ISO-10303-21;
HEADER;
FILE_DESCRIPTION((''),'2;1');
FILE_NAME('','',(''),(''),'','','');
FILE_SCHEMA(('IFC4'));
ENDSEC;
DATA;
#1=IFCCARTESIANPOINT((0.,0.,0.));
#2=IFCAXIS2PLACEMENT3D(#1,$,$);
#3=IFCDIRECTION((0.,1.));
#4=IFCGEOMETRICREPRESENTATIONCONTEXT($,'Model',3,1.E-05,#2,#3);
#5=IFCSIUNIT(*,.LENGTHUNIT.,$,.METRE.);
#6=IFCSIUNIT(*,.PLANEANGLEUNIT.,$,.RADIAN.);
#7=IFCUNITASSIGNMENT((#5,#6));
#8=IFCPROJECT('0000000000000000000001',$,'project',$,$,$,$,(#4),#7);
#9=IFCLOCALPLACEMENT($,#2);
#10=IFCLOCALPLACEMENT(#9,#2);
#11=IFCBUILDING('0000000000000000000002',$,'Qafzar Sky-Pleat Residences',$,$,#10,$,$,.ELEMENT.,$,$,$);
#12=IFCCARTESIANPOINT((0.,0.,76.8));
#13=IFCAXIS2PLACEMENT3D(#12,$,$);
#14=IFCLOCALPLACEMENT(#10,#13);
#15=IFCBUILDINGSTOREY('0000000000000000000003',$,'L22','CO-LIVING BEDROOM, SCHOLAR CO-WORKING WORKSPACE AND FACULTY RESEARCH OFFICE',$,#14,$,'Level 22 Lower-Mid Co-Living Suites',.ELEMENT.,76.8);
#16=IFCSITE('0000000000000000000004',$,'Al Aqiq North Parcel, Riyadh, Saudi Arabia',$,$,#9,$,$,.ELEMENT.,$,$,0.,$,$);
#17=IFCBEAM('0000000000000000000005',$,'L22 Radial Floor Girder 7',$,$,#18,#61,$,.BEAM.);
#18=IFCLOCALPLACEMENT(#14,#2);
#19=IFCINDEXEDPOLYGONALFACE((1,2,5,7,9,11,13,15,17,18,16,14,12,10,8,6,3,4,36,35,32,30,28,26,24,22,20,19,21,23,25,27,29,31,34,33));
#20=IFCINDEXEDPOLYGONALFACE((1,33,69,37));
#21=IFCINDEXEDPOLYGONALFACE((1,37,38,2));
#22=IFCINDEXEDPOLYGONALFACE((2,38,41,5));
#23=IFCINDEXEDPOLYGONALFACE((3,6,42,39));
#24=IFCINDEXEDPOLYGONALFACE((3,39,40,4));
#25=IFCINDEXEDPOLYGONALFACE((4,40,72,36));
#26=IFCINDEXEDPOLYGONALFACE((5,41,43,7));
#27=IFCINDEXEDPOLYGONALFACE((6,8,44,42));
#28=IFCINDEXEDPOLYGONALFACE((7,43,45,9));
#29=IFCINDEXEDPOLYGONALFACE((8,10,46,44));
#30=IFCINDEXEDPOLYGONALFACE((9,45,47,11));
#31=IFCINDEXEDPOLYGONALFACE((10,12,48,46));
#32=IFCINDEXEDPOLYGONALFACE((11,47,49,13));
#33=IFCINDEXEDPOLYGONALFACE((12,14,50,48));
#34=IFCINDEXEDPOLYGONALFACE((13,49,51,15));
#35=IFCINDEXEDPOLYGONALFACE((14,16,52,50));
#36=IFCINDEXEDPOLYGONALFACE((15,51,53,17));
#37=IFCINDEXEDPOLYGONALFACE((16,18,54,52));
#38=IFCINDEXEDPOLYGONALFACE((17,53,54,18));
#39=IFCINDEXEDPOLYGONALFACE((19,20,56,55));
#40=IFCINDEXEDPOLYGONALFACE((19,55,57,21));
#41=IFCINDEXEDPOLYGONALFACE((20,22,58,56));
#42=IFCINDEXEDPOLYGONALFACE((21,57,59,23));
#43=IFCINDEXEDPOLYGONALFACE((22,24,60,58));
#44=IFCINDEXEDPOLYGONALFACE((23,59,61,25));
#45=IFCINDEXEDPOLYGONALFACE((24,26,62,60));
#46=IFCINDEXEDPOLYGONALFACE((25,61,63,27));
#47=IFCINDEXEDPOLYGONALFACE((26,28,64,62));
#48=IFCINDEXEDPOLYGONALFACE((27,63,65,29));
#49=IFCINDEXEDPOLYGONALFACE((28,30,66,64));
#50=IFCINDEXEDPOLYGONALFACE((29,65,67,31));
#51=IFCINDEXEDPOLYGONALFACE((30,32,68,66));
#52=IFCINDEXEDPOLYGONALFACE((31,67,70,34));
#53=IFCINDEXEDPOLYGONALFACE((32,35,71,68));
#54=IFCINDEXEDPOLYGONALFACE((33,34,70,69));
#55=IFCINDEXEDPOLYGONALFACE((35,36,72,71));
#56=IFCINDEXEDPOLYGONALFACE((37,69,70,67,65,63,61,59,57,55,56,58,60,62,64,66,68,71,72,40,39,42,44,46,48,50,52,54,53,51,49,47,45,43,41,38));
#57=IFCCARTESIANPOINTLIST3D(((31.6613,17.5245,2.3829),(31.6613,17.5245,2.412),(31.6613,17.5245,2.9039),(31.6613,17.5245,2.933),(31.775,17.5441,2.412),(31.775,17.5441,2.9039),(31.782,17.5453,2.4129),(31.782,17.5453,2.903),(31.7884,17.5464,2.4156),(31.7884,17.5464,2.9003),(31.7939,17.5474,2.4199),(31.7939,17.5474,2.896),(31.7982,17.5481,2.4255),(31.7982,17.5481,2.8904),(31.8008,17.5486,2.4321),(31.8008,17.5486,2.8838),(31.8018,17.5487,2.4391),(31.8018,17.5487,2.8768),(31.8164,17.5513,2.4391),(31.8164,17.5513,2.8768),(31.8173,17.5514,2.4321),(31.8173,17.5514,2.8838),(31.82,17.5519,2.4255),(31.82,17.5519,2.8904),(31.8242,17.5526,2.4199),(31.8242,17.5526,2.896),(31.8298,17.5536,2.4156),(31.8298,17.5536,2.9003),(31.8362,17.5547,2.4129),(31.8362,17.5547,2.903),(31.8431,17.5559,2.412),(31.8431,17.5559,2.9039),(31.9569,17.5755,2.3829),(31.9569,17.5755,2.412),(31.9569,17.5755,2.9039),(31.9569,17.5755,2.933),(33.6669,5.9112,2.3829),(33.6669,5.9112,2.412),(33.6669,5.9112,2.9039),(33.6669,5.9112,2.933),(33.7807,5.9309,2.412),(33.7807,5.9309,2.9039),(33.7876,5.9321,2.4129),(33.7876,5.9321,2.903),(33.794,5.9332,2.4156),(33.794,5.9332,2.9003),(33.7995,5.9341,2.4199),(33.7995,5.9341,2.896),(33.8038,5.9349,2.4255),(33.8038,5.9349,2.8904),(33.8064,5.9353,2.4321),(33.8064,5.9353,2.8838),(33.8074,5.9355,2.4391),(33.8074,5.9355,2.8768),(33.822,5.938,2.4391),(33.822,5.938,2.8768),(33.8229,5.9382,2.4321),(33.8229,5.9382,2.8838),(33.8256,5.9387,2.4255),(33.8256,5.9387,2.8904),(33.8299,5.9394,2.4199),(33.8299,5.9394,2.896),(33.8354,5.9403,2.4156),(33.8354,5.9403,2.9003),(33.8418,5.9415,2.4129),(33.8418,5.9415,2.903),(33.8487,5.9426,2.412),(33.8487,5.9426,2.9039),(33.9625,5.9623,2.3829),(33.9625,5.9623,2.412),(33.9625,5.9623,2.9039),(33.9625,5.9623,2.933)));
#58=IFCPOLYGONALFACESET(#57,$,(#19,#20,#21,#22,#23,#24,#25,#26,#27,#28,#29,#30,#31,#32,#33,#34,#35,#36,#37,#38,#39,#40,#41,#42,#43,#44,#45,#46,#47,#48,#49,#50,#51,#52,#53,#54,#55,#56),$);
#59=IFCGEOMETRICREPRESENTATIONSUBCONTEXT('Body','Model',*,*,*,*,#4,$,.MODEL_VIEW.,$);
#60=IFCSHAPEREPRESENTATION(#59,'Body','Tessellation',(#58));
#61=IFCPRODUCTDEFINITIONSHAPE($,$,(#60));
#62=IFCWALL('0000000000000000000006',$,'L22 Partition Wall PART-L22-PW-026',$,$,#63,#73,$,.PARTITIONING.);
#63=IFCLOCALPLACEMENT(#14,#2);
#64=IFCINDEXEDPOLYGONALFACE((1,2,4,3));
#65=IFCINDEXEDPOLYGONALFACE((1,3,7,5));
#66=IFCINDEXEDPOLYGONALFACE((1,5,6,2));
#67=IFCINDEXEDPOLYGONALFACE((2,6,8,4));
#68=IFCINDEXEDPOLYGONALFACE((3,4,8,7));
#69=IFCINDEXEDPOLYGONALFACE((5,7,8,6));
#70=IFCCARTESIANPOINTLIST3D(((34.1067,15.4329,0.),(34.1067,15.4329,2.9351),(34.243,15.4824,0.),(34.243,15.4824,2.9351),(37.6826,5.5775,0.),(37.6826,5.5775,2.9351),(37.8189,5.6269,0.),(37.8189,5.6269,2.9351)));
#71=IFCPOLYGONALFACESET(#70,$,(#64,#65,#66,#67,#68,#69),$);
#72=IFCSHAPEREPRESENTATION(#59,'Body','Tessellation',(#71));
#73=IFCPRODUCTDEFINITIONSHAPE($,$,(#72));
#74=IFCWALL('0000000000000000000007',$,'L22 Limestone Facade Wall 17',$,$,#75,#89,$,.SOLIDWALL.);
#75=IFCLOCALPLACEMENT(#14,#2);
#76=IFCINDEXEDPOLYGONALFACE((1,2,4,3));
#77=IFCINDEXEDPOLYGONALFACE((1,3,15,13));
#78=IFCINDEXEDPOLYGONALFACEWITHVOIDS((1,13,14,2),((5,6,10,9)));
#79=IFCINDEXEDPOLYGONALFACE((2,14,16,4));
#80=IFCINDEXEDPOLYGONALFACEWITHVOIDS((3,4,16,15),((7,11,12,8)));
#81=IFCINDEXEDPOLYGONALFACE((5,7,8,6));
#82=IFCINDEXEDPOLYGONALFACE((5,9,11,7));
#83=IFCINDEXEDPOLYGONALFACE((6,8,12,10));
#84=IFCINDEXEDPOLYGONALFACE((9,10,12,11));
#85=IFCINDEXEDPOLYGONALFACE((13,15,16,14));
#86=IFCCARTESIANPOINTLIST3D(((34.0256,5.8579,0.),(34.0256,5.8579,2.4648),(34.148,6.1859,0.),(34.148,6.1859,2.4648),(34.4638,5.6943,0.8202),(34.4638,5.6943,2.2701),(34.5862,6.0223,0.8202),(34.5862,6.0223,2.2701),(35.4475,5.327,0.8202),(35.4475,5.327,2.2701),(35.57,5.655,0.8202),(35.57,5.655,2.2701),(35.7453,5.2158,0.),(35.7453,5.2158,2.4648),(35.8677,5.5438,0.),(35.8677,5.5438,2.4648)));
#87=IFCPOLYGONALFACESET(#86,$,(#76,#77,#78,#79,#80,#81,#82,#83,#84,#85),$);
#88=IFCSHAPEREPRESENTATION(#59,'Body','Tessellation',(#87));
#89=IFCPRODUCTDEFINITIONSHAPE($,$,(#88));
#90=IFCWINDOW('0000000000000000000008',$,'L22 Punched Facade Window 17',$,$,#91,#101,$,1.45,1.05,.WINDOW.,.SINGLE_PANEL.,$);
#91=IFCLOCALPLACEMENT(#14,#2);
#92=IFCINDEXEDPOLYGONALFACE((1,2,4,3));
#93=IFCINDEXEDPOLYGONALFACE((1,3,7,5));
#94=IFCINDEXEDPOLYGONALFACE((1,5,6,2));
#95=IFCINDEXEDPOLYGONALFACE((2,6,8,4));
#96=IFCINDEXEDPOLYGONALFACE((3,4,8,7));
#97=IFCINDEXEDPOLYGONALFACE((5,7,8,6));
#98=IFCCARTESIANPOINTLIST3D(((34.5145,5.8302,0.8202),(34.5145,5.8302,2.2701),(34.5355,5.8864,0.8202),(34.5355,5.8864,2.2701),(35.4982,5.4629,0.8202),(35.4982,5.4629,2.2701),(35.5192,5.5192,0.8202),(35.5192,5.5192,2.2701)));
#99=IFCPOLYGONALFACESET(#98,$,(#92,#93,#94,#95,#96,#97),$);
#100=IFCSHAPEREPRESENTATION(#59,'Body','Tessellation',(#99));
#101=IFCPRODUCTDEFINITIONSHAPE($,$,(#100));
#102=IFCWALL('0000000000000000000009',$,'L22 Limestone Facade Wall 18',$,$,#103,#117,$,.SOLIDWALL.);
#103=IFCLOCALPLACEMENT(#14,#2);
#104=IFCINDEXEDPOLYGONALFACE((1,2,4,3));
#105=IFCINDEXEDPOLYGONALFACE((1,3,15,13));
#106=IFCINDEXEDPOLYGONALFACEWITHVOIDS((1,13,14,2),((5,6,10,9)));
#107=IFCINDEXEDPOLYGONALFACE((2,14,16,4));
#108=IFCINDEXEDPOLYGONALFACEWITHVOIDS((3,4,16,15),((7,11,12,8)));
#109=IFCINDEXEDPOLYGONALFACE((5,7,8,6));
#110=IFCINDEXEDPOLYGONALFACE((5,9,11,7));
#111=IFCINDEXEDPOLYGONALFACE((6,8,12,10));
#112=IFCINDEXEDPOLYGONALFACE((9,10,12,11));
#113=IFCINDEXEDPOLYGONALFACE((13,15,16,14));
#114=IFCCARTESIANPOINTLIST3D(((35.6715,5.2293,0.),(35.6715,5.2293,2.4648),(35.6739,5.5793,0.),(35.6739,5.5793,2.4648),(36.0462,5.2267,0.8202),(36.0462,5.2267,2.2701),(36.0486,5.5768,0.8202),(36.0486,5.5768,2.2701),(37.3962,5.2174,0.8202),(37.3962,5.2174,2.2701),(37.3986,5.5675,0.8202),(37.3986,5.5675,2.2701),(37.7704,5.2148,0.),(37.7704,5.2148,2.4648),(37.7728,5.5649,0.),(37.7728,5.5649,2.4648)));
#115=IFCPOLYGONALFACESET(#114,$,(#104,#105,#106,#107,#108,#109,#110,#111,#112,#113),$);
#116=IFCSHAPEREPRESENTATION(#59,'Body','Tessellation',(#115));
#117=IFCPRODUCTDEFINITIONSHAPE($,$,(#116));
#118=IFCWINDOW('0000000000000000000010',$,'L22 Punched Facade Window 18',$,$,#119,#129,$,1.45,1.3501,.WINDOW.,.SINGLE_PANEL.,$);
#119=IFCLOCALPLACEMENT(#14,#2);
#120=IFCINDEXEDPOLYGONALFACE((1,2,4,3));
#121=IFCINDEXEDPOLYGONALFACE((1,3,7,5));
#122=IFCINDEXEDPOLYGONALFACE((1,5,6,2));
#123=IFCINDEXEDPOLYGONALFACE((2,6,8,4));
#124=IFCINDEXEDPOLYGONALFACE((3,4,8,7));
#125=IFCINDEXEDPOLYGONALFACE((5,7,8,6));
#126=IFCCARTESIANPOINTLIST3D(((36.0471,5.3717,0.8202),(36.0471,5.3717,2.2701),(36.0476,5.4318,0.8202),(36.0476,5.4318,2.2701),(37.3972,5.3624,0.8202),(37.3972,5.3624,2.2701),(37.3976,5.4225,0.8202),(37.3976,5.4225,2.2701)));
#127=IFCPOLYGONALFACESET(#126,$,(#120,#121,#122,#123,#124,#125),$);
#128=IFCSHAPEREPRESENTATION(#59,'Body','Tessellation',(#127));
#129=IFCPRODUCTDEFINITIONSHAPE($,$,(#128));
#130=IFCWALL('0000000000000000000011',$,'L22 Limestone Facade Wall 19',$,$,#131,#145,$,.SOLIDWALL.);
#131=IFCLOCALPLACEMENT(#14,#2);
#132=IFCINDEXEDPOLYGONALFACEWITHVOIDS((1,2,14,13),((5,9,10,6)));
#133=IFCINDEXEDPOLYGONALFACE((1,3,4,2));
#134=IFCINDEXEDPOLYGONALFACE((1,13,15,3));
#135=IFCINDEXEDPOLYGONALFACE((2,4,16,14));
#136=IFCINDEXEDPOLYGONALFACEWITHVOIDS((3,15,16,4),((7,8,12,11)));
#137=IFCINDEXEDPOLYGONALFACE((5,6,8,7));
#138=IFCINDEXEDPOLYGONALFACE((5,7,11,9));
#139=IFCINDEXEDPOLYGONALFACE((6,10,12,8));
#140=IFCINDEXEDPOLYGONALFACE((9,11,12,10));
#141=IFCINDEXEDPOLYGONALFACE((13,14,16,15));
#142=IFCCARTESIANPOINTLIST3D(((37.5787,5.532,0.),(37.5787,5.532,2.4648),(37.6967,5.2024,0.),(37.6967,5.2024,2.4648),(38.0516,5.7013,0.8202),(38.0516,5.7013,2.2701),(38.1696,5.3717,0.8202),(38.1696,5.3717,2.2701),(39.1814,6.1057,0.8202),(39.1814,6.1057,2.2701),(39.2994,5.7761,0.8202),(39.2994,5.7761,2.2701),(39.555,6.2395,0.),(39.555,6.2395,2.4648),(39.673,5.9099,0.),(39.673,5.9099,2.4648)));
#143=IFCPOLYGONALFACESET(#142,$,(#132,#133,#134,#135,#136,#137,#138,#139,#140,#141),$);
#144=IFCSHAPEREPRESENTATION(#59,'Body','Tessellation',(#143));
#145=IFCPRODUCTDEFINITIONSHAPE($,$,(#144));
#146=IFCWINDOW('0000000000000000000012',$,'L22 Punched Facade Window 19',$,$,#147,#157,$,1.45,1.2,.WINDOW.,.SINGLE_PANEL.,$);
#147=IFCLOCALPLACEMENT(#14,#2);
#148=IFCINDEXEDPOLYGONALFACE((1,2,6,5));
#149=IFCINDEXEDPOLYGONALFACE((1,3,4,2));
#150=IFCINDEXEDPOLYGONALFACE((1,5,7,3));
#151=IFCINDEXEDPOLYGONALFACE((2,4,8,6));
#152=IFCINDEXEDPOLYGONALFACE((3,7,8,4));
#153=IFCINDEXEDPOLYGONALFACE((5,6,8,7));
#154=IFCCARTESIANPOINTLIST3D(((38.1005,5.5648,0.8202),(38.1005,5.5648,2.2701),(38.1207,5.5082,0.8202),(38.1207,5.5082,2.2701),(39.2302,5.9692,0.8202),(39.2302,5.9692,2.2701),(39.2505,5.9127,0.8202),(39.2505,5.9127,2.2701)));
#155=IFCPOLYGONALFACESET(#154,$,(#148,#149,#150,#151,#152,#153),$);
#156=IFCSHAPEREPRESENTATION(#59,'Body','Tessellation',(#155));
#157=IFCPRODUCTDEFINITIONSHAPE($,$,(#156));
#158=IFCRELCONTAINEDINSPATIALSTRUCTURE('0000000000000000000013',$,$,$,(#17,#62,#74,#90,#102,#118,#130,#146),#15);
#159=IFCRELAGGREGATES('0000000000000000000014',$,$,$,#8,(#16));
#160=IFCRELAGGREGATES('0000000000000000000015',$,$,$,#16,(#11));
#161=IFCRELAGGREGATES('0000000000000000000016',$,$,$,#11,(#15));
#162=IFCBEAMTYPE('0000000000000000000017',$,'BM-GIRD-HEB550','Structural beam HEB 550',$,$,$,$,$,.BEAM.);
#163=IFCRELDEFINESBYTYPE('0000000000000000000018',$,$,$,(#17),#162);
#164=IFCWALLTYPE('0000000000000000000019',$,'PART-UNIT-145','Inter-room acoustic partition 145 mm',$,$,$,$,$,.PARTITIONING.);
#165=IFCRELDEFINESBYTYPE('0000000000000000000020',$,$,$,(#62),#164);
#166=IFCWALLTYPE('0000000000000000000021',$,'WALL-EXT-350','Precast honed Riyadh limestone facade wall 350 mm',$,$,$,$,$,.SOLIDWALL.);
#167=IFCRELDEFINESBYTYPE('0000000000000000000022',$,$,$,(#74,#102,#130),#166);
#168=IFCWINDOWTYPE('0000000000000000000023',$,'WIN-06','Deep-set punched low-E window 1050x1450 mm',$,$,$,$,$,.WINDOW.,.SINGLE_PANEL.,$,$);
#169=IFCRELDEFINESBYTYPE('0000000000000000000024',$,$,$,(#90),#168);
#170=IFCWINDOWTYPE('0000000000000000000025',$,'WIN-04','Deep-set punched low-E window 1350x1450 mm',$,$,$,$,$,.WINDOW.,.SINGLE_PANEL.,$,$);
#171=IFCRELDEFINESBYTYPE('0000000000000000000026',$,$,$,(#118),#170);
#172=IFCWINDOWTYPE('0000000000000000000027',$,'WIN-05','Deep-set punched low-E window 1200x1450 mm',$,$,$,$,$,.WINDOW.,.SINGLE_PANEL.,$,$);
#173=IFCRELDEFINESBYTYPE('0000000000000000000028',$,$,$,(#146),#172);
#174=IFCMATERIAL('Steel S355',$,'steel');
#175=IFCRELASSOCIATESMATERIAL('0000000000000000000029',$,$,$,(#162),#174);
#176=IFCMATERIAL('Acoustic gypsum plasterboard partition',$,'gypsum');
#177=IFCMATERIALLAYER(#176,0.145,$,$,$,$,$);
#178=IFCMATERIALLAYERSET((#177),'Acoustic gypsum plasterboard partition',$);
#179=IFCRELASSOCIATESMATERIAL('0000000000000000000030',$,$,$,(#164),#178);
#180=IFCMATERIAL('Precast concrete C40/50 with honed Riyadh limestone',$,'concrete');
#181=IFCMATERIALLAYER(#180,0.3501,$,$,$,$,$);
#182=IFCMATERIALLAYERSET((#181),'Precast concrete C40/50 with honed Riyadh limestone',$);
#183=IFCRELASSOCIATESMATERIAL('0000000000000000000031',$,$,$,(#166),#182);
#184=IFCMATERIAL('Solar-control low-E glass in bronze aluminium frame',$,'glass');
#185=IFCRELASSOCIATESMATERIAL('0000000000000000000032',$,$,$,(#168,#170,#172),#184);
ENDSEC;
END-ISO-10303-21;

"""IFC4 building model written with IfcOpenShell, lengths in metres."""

from ifc_helpers import new_model, si_unit, direction, frame, frame_2d, origin, origin_2d, place, context, subcontext, project, spatial, rectangle, i_section, extrude, source, transform, mapped, material, layer, layer_set, material_profile, profile_set, type_object, element, fill, save


model = new_model("IFC4")

# Units and contexts
model_context = context("Model", 3, precision=1e-05, world=origin(), true_north=direction((0.0, 1.0)))
body_context = subcontext(model_context, "Body", "Model", "MODEL_VIEW")
ifc_project = project(units=[si_unit("LENGTHUNIT", "METRE"), si_unit("PLANEANGLEUNIT", "RADIAN")], contexts=[model_context])

# Site, building, storey
site_placement = place(None, origin())
site = spatial("IfcSite", under=ifc_project, at=site_placement, Name="Al Aqiq North Parcel, Riyadh, Saudi Arabia", CompositionType="ELEMENT", RefElevation=0.0)
building_placement = place(site_placement, origin())
building = spatial("IfcBuilding", under=site, at=building_placement, Name="Qafzar Sky-Pleat Residences", CompositionType="ELEMENT")
storey_placement = place(building_placement, frame((0.0, 0.0, 76.8)))
storey = spatial("IfcBuildingStorey", under=building, at=storey_placement, Name="L22", Description="CO-LIVING BEDROOM, SCHOLAR CO-WORKING WORKSPACE AND FACULTY RESEARCH OFFICE", LongName="Level 22 Lower-Mid Co-Living Suites", CompositionType="ELEMENT", Elevation=76.8)

# Beam
ifc_material_1 = material(Name="Steel S355", Category="steel")
ifc_material_profile_1 = material_profile(ifc_material_1, i_section(OverallWidth=0.3, OverallDepth=0.55, WebThickness=0.0149, FlangeThickness=0.0291, FilletRadius=0.0271, at=origin_2d()), Name="HEB 550")
ifc_profile_set_1 = profile_set([ifc_material_profile_1], Name="Steel S355")
beam_type_1 = type_object("IfcBeamType", Name="BM-GIRD-HEB550", Description="Structural beam HEB 550", PredefinedType="BEAM", material=ifc_profile_set_1)
shared_shape_1 = source(origin(), body_context, "Body", "SweptSolid", [
    extrude(i_section(OverallWidth=0.3, OverallDepth=0.55, WebThickness=0.0149, FlangeThickness=0.0291, FilletRadius=0.0271, at=origin_2d()), origin(), (0.0, 0.0, 1.0), 11.7852),
])
beam_1_placement = place(storey_placement, frame((33.8147, 5.9368, 2.658), z_axis=(-0.170181, 0.985413, 0.0), x_axis=(-0.985413, -0.170181, 0.0)))
element("IfcBeam", 1, at=beam_1_placement, inside=storey, type_object=beam_type_1, Name="L22 Radial Floor Girder 7", PredefinedType="BEAM", context=body_context, shape_type="MappedRepresentation", body=[
    mapped(shared_shape_1, transform((0.0, 0.0, 0.0), x_axis=(1.0, 0.0, 0.0), y_axis=(0.0, 1.0, 0.0), z_axis=(0.0, 0.0, 1.0), scale=1.0)),
])

# Wall
ifc_material_2 = material(Name="Acoustic gypsum plasterboard partition", Category="gypsum")
ifc_layer_1 = layer(ifc_material_2, 0.145)
ifc_layer_set_1 = layer_set([ifc_layer_1], Name="Acoustic gypsum plasterboard partition")
wall_type_1 = type_object("IfcWallType", Name="PART-UNIT-145", Description="Inter-room acoustic partition 145 mm", PredefinedType="PARTITIONING", material=ifc_layer_set_1)
wall_1_placement = place(storey_placement, frame((34.1748, 15.4578, 0.0), z_axis=(0.0, 0.0, 1.0), x_axis=(0.341079, -0.940035, 0.0)))
element("IfcWall", 2, at=wall_1_placement, inside=storey, type_object=wall_type_1, Name="L22 Partition Wall PART-L22-PW-026", PredefinedType="PARTITIONING", context=body_context, shape_type="SweptSolid", body=[
    extrude(rectangle(XDim=10.4841, YDim=0.145, at=frame_2d((5.2422, 0.0))), origin(), (0.0, 0.0, 1.0), 2.9351),
])

# Walls, openings, windows
ifc_material_3 = material(Name="Precast concrete C40/50 with honed Riyadh limestone", Category="concrete")
ifc_layer_2 = layer(ifc_material_3, 0.3501)
ifc_layer_set_2 = layer_set([ifc_layer_2], Name="Precast concrete C40/50 with honed Riyadh limestone")
wall_type_2 = type_object("IfcWallType", Name="WALL-EXT-350", Description="Precast honed Riyadh limestone facade wall 350 mm", PredefinedType="SOLIDWALL", material=ifc_layer_set_2)
wall_2_placement = place(storey_placement, frame((34.0867, 6.022, 0.0), z_axis=(0.0, 0.0, 1.0), x_axis=(0.936831, -0.349782, 0.0)))
wall_2 = element("IfcWall", 3, at=wall_2_placement, inside=storey, type_object=wall_type_2, Name="L22 Limestone Facade Wall 17", PredefinedType="SOLIDWALL", context=body_context, shape_type="SweptSolid", body=[
    extrude(rectangle(XDim=1.8357, YDim=0.3501, at=frame_2d((0.918, 0.0))), origin(), (0.0, 0.0, 1.0), 2.4648),
])
opening_1_placement = place(wall_2_placement, frame((0.468, 0.0, 0.8201)))
opening_1 = element("IfcOpeningElement", 4, at=opening_1_placement, cuts=wall_2, PredefinedType="OPENING", context=body_context, shape_type="SweptSolid", body=[
    extrude(rectangle(XDim=1.05, YDim=1.45, at=frame_2d((0.5249, 0.7251))), frame((0.0, 0.1851, 0.0), z_axis=(0.0, -1.0, 0.0), x_axis=(1.0, 0.0, 0.0)), (0.0, 0.0, 1.0), 0.3701),
])
ifc_material_4 = material(Name="Solar-control low-E glass in bronze aluminium frame", Category="glass")
window_type_1 = type_object("IfcWindowType", Name="WIN-06", Description="Deep-set punched low-E window 1050x1450 mm", PartitioningType="SINGLE_PANEL", PredefinedType="WINDOW", material=ifc_material_4)
shared_shape_2 = source(origin(), body_context, "Body", "SweptSolid", [
    extrude(rectangle(XDim=1.05, YDim=1.45, at=frame_2d((0.5249, 0.7251))), frame((0.0, 0.03, 0.0), z_axis=(0.0, -1.0, 0.0), x_axis=(1.0, 0.0, 0.0)), (0.0, 0.0, 1.0), 0.0601),
])
window_1_placement = place(opening_1_placement, origin())
window_1 = element("IfcWindow", 5, at=window_1_placement, inside=storey, type_object=window_type_1, Name="L22 Punched Facade Window 17", OverallHeight=1.45, OverallWidth=1.05, PartitioningType="SINGLE_PANEL", PredefinedType="WINDOW", context=body_context, shape_type="MappedRepresentation", body=[
    mapped(shared_shape_2, transform((0.0, 0.0, 0.0), x_axis=(1.0, 0.0, 0.0), y_axis=(0.0, 1.0, 0.0), z_axis=(0.0, 0.0, 1.0), scale=1.0)),
])
fill(opening_1, window_1)
wall_3_placement = place(storey_placement, frame((35.6729, 5.4043, 0.0), z_axis=(0.0, 0.0, 1.0), x_axis=(0.999976, -0.006863, 0.0)))
wall_3 = element("IfcWall", 6, at=wall_3_placement, inside=storey, type_object=wall_type_2, Name="L22 Limestone Facade Wall 18", PredefinedType="SOLIDWALL", context=body_context, shape_type="SweptSolid", body=[
    extrude(rectangle(XDim=2.0989, YDim=0.3501, at=frame_2d((1.0493, 0.0))), origin(), (0.0, 0.0, 1.0), 2.4648),
])
opening_2_placement = place(wall_3_placement, frame((0.3745, 0.0, 0.8201)))
opening_2 = element("IfcOpeningElement", 7, at=opening_2_placement, cuts=wall_3, PredefinedType="OPENING", context=body_context, shape_type="SweptSolid", body=[
    extrude(rectangle(XDim=1.3501, YDim=1.45, at=frame_2d((0.675, 0.7251))), frame((0.0, 0.1851, 0.0), z_axis=(0.0, -1.0, 0.0), x_axis=(1.0, 0.0, 0.0)), (0.0, 0.0, 1.0), 0.3701),
])
window_type_2 = type_object("IfcWindowType", Name="WIN-04", Description="Deep-set punched low-E window 1350x1450 mm", PartitioningType="SINGLE_PANEL", PredefinedType="WINDOW", material=ifc_material_4)
shared_shape_3 = source(origin(), body_context, "Body", "SweptSolid", [
    extrude(rectangle(XDim=1.3501, YDim=1.45, at=frame_2d((0.675, 0.7251))), frame((0.0, 0.03, 0.0), z_axis=(0.0, -1.0, 0.0), x_axis=(1.0, 0.0, 0.0)), (0.0, 0.0, 1.0), 0.0601),
])
window_2_placement = place(opening_2_placement, origin())
window_2 = element("IfcWindow", 8, at=window_2_placement, inside=storey, type_object=window_type_2, Name="L22 Punched Facade Window 18", OverallHeight=1.45, OverallWidth=1.3501, PartitioningType="SINGLE_PANEL", PredefinedType="WINDOW", context=body_context, shape_type="MappedRepresentation", body=[
    mapped(shared_shape_3, transform((0.0, 0.0, 0.0), x_axis=(1.0, 0.0, 0.0), y_axis=(0.0, 1.0, 0.0), z_axis=(0.0, 0.0, 1.0), scale=1.0)),
])
fill(opening_2, window_2)
wall_4_placement = place(storey_placement, frame((37.6377, 5.3672, 0.0), z_axis=(0.0, 0.0, 1.0), x_axis=(0.941486, 0.337051, 0.0)))
wall_4 = element("IfcWall", 9, at=wall_4_placement, inside=storey, type_object=wall_type_2, Name="L22 Limestone Facade Wall 19", PredefinedType="SOLIDWALL", context=body_context, shape_type="SweptSolid", body=[
    extrude(rectangle(XDim=2.0991, YDim=0.3501, at=frame_2d((1.0496, 0.0))), origin(), (0.0, 0.0, 1.0), 2.4648),
])
opening_3_placement = place(wall_4_placement, frame((0.5022, 0.0, 0.8201)))
opening_3 = element("IfcOpeningElement", 10, at=opening_3_placement, cuts=wall_4, PredefinedType="OPENING", context=body_context, shape_type="SweptSolid", body=[
    extrude(rectangle(XDim=1.2, YDim=1.45, at=frame_2d((0.6001, 0.7251))), frame((0.0, 0.1851, 0.0), z_axis=(0.0, -1.0, 0.0), x_axis=(1.0, 0.0, 0.0)), (0.0, 0.0, 1.0), 0.3701),
])
window_type_3 = type_object("IfcWindowType", Name="WIN-05", Description="Deep-set punched low-E window 1200x1450 mm", PartitioningType="SINGLE_PANEL", PredefinedType="WINDOW", material=ifc_material_4)
shared_shape_4 = source(origin(), body_context, "Body", "SweptSolid", [
    extrude(rectangle(XDim=1.2, YDim=1.45, at=frame_2d((0.6001, 0.7251))), frame((0.0, 0.03, 0.0), z_axis=(0.0, -1.0, 0.0), x_axis=(1.0, 0.0, 0.0)), (0.0, 0.0, 1.0), 0.0601),
])
window_3_placement = place(opening_3_placement, origin())
window_3 = element("IfcWindow", 11, at=window_3_placement, inside=storey, type_object=window_type_3, Name="L22 Punched Facade Window 19", OverallHeight=1.45, OverallWidth=1.2, PartitioningType="SINGLE_PANEL", PredefinedType="WINDOW", context=body_context, shape_type="MappedRepresentation", body=[
    mapped(shared_shape_4, transform((0.0, 0.0, 0.0), x_axis=(1.0, 0.0, 0.0), y_axis=(0.0, 1.0, 0.0), z_axis=(0.0, 0.0, 1.0), scale=1.0)),
])
fill(opening_3, window_3)

save(model, "model.ifc")
